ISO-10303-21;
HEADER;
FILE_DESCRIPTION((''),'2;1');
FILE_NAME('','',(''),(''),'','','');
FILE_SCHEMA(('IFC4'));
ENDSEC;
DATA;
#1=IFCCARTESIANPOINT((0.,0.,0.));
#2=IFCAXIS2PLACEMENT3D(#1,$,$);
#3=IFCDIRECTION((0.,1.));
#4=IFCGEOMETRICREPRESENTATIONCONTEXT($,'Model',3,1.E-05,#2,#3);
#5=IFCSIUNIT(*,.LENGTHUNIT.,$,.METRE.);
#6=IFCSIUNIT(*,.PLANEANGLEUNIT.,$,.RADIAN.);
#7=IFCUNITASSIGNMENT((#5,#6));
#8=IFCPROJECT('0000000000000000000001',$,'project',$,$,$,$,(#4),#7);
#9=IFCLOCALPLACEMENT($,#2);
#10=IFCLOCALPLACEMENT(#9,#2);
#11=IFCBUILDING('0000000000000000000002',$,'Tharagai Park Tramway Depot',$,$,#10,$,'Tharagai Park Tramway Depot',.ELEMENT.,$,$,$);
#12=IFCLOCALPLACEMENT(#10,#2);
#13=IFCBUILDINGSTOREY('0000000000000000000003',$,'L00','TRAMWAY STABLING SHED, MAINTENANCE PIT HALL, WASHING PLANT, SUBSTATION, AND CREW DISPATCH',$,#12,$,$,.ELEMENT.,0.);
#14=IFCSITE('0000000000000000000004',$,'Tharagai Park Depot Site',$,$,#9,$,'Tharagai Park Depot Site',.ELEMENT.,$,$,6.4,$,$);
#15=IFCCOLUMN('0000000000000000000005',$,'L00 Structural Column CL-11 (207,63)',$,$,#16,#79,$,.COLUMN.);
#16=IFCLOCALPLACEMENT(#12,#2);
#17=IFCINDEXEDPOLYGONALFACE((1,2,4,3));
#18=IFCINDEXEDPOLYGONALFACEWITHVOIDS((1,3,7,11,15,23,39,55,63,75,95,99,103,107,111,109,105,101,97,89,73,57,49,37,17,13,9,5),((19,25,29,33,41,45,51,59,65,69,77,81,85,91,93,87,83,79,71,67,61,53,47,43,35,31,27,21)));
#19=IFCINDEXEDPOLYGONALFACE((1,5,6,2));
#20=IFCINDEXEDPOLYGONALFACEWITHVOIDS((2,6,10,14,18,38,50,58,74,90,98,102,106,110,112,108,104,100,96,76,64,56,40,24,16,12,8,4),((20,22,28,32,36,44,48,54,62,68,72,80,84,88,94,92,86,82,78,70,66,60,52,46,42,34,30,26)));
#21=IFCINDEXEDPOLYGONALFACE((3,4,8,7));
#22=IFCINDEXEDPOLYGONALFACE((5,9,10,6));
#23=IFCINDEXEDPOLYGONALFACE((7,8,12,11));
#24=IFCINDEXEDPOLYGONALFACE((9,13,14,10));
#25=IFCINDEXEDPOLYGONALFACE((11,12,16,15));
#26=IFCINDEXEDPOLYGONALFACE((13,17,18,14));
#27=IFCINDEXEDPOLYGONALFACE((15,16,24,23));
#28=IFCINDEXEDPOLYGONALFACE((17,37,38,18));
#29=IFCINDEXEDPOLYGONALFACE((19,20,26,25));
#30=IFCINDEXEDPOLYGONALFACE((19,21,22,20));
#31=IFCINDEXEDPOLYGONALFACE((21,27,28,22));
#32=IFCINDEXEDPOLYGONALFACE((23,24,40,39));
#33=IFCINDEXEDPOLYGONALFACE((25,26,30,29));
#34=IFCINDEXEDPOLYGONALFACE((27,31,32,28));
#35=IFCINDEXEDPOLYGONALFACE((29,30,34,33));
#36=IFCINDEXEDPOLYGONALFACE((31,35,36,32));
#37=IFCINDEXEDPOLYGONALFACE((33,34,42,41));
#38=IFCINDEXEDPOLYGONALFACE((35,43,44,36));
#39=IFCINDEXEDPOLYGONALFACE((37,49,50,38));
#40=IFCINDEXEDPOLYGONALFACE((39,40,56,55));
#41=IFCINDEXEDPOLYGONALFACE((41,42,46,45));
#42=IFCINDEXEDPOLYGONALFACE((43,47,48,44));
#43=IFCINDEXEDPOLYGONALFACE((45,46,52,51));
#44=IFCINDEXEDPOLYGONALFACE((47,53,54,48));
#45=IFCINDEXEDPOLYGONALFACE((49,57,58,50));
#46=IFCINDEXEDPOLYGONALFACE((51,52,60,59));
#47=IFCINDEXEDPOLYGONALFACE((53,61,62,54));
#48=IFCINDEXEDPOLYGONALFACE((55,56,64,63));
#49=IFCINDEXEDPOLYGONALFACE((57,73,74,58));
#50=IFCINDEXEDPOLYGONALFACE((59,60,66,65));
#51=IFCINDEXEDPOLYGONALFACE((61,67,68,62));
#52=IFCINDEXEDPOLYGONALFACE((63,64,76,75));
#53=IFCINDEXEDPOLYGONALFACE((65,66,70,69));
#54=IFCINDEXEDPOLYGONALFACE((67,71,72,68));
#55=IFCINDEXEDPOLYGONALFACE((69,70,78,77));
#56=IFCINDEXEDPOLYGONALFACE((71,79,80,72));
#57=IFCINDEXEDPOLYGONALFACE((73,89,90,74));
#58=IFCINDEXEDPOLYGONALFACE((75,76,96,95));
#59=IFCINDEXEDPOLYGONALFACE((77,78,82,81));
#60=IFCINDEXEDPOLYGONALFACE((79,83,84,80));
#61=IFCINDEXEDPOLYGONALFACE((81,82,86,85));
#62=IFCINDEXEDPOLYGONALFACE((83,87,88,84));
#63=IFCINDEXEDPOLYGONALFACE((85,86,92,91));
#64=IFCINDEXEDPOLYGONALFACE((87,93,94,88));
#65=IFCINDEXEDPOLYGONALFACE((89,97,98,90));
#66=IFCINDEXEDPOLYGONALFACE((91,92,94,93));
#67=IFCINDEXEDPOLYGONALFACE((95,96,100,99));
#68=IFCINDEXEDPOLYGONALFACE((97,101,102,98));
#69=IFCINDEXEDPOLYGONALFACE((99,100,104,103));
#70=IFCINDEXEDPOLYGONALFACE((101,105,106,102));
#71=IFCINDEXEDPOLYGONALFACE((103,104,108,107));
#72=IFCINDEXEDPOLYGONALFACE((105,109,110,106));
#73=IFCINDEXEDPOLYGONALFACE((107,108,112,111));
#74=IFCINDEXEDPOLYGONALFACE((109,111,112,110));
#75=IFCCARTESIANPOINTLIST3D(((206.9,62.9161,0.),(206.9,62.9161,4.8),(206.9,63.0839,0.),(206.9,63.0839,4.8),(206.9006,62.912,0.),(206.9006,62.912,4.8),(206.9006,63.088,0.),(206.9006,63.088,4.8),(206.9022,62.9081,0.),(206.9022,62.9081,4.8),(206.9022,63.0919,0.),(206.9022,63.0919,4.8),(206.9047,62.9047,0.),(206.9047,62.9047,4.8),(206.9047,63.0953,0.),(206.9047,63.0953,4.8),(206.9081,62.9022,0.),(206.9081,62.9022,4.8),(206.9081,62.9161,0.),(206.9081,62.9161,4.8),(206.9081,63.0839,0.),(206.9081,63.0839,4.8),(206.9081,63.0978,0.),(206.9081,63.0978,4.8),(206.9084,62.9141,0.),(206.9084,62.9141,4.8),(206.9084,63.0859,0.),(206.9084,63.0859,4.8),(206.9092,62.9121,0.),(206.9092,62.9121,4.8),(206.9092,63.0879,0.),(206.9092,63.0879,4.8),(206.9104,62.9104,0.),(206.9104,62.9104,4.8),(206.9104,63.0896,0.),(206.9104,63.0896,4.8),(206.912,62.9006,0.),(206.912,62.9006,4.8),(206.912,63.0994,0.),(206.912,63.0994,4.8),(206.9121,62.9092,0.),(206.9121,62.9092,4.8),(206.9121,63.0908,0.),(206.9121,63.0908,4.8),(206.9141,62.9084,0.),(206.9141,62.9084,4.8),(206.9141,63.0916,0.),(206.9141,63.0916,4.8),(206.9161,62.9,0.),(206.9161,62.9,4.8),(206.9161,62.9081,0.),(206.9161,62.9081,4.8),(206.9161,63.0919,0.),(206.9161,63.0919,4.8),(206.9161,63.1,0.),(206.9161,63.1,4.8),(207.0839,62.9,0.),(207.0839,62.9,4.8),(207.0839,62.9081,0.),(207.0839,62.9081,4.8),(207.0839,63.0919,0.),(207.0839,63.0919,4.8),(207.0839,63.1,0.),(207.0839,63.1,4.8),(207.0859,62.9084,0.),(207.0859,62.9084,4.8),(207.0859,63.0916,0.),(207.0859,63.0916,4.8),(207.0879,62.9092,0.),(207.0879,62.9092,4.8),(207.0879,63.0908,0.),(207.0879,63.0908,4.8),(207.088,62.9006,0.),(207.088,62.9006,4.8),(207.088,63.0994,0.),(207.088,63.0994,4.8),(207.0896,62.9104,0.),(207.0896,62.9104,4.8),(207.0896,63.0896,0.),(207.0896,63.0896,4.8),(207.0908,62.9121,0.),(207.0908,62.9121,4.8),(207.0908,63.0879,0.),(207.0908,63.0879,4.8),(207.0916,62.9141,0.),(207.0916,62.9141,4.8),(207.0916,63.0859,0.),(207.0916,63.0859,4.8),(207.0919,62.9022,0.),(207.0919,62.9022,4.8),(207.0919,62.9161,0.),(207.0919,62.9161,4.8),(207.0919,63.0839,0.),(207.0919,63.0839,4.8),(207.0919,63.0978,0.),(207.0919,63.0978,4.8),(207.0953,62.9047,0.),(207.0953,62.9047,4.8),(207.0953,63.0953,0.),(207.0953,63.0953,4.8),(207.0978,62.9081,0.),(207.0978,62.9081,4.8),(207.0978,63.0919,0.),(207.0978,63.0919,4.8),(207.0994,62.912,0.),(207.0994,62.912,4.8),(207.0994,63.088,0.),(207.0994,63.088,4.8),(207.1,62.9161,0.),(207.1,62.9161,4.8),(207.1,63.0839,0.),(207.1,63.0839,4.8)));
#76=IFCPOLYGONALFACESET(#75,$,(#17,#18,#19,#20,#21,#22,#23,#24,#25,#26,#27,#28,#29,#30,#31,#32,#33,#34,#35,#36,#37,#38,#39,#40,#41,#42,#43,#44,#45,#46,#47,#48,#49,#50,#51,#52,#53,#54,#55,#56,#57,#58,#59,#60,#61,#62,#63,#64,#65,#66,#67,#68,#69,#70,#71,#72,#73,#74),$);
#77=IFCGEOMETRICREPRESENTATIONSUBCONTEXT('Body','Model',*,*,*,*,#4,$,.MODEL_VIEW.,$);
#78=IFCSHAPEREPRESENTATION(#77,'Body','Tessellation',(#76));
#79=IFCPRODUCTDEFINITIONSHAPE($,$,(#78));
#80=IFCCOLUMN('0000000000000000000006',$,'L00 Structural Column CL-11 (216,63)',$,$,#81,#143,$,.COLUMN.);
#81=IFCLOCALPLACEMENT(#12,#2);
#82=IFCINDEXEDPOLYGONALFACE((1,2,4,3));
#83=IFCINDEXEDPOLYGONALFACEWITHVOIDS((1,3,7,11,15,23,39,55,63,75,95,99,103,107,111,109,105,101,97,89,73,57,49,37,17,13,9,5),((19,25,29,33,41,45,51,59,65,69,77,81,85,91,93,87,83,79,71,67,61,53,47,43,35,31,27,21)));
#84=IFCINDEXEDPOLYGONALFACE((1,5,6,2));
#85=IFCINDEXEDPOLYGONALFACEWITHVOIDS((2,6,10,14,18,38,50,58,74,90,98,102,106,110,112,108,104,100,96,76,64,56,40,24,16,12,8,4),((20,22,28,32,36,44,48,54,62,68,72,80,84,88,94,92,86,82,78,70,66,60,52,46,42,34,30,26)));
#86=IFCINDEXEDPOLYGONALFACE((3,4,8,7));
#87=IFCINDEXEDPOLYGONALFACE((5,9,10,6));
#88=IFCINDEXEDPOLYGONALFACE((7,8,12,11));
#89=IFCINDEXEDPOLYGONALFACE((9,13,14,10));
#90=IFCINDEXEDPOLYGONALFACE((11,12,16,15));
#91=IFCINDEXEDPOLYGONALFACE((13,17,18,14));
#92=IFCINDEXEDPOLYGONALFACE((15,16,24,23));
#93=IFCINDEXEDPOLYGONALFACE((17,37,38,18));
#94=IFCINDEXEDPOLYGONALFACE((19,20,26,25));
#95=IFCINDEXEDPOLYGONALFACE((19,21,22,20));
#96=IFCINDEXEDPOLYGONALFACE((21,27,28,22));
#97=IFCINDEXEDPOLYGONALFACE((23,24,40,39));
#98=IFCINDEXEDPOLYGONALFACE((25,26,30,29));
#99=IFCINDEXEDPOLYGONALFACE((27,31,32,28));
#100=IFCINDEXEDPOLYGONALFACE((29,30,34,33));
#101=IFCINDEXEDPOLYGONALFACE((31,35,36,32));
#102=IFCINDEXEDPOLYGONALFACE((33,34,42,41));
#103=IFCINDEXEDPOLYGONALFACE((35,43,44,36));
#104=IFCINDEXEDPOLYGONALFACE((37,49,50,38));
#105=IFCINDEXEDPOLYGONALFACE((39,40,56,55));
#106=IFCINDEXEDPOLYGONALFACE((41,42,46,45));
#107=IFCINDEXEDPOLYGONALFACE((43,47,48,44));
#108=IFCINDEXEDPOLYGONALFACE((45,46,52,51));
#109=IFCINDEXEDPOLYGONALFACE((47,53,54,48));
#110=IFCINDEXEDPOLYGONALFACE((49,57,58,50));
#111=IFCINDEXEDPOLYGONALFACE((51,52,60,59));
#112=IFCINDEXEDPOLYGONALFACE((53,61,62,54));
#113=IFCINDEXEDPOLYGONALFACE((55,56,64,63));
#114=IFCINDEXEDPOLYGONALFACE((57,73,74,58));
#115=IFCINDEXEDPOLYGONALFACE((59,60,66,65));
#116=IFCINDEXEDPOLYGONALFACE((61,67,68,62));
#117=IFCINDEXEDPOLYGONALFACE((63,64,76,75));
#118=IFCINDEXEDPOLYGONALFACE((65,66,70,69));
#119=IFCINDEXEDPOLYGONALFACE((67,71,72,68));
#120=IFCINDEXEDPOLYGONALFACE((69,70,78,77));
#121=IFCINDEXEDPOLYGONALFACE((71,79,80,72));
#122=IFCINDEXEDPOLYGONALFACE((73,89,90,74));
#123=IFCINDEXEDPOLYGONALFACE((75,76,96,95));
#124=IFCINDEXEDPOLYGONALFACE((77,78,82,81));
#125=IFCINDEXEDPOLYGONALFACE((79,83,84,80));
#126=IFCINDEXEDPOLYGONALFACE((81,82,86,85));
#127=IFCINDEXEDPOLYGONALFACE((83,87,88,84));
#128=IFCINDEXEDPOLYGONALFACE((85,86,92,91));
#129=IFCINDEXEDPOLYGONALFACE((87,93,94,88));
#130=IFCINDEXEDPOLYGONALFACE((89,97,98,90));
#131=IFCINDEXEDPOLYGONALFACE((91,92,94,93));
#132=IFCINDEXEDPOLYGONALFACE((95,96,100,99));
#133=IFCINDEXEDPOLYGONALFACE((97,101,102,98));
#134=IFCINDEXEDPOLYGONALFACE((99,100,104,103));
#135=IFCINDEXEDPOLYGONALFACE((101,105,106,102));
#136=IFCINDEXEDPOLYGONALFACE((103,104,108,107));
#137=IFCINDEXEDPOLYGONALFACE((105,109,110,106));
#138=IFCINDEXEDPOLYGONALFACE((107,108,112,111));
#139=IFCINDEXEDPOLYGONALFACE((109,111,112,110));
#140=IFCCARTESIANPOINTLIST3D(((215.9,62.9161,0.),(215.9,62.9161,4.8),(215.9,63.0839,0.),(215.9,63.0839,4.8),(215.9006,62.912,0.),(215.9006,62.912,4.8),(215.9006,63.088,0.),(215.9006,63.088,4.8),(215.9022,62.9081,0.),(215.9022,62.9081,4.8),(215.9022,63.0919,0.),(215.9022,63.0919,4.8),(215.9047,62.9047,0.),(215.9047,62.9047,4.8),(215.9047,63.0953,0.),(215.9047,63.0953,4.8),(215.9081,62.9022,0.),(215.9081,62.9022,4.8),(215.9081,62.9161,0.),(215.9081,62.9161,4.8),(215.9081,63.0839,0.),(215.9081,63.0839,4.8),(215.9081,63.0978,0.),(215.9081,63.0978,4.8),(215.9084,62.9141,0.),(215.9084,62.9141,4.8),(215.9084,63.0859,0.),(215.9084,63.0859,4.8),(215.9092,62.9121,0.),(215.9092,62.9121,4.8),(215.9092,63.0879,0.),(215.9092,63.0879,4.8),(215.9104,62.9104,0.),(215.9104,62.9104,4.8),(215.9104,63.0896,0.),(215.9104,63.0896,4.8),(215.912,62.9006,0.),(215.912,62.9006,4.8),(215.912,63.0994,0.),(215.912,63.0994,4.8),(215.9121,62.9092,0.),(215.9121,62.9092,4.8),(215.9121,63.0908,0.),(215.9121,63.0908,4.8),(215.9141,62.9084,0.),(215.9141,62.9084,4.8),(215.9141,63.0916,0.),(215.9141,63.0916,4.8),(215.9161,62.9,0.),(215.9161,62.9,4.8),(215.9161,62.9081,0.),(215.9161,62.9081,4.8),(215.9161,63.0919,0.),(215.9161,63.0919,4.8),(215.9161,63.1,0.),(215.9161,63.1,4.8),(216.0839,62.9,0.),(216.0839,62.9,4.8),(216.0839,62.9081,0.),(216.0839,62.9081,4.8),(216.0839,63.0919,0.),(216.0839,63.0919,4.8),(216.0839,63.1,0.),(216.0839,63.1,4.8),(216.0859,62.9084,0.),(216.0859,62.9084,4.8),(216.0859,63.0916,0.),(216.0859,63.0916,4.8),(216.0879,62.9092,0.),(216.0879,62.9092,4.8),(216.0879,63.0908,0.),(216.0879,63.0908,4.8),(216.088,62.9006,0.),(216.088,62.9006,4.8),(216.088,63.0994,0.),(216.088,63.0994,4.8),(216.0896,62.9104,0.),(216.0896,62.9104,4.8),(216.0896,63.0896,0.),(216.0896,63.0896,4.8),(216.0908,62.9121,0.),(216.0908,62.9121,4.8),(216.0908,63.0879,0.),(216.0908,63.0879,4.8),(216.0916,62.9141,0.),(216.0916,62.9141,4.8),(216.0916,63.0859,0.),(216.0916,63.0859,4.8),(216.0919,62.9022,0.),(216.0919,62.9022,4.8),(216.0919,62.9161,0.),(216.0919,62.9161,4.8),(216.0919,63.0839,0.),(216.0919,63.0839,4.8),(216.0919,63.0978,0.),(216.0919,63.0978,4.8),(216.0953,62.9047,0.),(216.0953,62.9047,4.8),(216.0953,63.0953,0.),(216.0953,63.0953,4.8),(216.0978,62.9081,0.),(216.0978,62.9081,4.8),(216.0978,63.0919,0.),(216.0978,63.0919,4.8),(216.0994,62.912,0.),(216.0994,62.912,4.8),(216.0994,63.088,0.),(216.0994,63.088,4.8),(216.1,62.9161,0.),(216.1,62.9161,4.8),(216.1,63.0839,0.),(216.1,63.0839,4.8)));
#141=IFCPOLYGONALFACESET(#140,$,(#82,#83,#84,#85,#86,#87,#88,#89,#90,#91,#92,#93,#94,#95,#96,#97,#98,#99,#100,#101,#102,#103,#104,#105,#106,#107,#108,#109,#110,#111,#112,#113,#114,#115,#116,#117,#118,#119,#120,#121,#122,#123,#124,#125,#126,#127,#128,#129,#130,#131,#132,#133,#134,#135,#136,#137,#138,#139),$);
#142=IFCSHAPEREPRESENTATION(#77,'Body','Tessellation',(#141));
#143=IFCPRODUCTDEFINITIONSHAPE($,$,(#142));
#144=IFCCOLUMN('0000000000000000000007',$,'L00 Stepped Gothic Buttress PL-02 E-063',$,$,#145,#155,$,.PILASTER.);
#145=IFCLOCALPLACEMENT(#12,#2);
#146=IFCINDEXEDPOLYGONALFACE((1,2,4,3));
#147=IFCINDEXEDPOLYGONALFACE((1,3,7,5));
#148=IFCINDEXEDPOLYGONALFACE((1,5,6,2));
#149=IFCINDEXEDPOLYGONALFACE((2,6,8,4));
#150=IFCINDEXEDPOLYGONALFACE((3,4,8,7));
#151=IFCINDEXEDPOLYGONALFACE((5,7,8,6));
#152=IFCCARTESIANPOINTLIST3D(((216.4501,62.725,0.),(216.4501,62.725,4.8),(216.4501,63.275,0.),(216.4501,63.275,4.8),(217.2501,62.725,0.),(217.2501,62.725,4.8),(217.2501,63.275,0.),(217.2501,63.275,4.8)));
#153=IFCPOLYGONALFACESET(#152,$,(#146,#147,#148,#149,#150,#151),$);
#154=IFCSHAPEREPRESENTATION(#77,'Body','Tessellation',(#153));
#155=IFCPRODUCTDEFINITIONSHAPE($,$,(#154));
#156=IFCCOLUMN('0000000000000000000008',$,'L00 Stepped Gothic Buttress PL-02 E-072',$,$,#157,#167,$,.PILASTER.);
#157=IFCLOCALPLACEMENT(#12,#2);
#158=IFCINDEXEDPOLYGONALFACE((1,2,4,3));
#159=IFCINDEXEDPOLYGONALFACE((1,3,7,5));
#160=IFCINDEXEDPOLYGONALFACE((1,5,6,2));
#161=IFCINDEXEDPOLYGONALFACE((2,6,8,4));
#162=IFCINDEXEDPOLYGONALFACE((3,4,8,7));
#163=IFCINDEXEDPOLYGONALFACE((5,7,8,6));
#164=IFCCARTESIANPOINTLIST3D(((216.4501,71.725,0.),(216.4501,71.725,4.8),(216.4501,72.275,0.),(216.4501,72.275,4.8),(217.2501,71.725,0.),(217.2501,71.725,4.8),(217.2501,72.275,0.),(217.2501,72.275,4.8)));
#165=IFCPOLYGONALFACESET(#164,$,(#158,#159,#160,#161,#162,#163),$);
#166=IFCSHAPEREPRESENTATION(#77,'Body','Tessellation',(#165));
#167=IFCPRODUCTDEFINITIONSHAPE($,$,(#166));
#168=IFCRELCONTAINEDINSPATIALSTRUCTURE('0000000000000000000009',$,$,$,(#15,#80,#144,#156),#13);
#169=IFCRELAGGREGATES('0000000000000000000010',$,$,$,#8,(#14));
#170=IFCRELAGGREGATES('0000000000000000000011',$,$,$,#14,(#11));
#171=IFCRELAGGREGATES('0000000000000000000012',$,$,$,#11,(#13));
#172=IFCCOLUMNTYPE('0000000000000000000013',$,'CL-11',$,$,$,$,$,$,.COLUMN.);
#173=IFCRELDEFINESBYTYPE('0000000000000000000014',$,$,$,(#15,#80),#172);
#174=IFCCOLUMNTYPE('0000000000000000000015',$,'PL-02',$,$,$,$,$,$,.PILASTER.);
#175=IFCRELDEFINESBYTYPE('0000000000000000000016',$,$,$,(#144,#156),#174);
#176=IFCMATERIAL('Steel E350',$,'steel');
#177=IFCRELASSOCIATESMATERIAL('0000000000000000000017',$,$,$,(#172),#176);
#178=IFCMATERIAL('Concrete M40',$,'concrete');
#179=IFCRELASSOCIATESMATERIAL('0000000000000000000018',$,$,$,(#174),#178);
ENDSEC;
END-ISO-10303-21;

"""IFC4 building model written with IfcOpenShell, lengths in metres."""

from ifc_helpers import new_model, si_unit, direction, frame, origin, origin_2d, place, context, subcontext, project, spatial, rectangle, hollow_rectangle, extrude, material, material_profile, profile_set, type_object, element, save


model = new_model("IFC4")

# Units and contexts
model_context = context("Model", 3, precision=1e-05, world=origin(), true_north=direction((0.0, 1.0)))
body_context = subcontext(model_context, "Body", "Model", "MODEL_VIEW")
ifc_project = project(units=[si_unit("LENGTHUNIT", "METRE"), si_unit("PLANEANGLEUNIT", "RADIAN")], contexts=[model_context])

# Site, building, storey
site_placement = place(None, origin())
site = spatial("IfcSite", under=ifc_project, at=site_placement, Name="Tharagai Park Depot Site", LongName="Tharagai Park Depot Site", CompositionType="ELEMENT", RefElevation=6.4)
building_placement = place(site_placement, origin())
building = spatial("IfcBuilding", under=site, at=building_placement, Name="Tharagai Park Tramway Depot", LongName="Tharagai Park Tramway Depot", CompositionType="ELEMENT")
storey_placement = place(building_placement, origin())
storey = spatial("IfcBuildingStorey", under=building, at=storey_placement, Name="L00", Description="TRAMWAY STABLING SHED, MAINTENANCE PIT HALL, WASHING PLANT, SUBSTATION, AND CREW DISPATCH", CompositionType="ELEMENT", Elevation=0.0)

# Shared definitions
ifc_material_1 = material(Name="Concrete M40", Category="concrete")

# Columns
ifc_material_2 = material(Name="Steel E350", Category="steel")
ifc_material_profile_1 = material_profile(ifc_material_2, hollow_rectangle(XDim=0.2, YDim=0.2, WallThickness=0.0081, InnerFilletRadius=0.0081, OuterFilletRadius=0.0161, at=origin_2d()), Name="SHS 200x200x8")
ifc_profile_set_1 = profile_set([ifc_material_profile_1], Name="Steel E350")
column_type_1 = type_object("IfcColumnType", Name="CL-11", PredefinedType="COLUMN", material=ifc_profile_set_1)
for number, where, z_axis, x_axis, name in (
    (1, (207.0, 63.0, 0.0), (0.0, 0.0, 1.0), (1.0, 0.0, 0.0), "L00 Structural Column CL-11 (207,63)"),
    (2, (216.0, 63.0, 0.0), (0.0, 0.0, 1.0), (1.0, 0.0, 0.0), "L00 Structural Column CL-11 (216,63)"),
):
    element("IfcColumn", number, at=place(storey_placement, frame(where, z_axis=z_axis, x_axis=x_axis)), inside=storey, type_object=column_type_1, Name=name, PredefinedType="COLUMN", context=body_context, shape_type="SweptSolid", body=[
        extrude(hollow_rectangle(XDim=0.2, YDim=0.2, WallThickness=0.0081, InnerFilletRadius=0.0081, OuterFilletRadius=0.0161, at=origin_2d()), origin(), (0.0, 0.0, 1.0), 4.8),
    ])
ifc_material_profile_2 = material_profile(ifc_material_1, rectangle(XDim=0.55, YDim=0.8, at=origin_2d()), Name="RC 550x800")
ifc_profile_set_2 = profile_set([ifc_material_profile_2], Name="Concrete M40")
column_type_2 = type_object("IfcColumnType", Name="PL-02", PredefinedType="PILASTER", material=ifc_profile_set_2)
for number, where, z_axis, x_axis, name in (
    (3, (216.8501, 63.0, 0.0), (0.0, 0.0, 1.0), (0.0, 1.0, 0.0), "L00 Stepped Gothic Buttress PL-02 E-063"),
    (4, (216.8501, 72.0, 0.0), (0.0, 0.0, 1.0), (0.0, 1.0, 0.0), "L00 Stepped Gothic Buttress PL-02 E-072"),
):
    element("IfcColumn", number, at=place(storey_placement, frame(where, z_axis=z_axis, x_axis=x_axis)), inside=storey, type_object=column_type_2, Name=name, PredefinedType="PILASTER", context=body_context, shape_type="SweptSolid", body=[
        extrude(rectangle(XDim=0.55, YDim=0.8, at=origin_2d()), origin(), (0.0, 0.0, 1.0), 4.8),
    ])

save(model, "model.ifc")
